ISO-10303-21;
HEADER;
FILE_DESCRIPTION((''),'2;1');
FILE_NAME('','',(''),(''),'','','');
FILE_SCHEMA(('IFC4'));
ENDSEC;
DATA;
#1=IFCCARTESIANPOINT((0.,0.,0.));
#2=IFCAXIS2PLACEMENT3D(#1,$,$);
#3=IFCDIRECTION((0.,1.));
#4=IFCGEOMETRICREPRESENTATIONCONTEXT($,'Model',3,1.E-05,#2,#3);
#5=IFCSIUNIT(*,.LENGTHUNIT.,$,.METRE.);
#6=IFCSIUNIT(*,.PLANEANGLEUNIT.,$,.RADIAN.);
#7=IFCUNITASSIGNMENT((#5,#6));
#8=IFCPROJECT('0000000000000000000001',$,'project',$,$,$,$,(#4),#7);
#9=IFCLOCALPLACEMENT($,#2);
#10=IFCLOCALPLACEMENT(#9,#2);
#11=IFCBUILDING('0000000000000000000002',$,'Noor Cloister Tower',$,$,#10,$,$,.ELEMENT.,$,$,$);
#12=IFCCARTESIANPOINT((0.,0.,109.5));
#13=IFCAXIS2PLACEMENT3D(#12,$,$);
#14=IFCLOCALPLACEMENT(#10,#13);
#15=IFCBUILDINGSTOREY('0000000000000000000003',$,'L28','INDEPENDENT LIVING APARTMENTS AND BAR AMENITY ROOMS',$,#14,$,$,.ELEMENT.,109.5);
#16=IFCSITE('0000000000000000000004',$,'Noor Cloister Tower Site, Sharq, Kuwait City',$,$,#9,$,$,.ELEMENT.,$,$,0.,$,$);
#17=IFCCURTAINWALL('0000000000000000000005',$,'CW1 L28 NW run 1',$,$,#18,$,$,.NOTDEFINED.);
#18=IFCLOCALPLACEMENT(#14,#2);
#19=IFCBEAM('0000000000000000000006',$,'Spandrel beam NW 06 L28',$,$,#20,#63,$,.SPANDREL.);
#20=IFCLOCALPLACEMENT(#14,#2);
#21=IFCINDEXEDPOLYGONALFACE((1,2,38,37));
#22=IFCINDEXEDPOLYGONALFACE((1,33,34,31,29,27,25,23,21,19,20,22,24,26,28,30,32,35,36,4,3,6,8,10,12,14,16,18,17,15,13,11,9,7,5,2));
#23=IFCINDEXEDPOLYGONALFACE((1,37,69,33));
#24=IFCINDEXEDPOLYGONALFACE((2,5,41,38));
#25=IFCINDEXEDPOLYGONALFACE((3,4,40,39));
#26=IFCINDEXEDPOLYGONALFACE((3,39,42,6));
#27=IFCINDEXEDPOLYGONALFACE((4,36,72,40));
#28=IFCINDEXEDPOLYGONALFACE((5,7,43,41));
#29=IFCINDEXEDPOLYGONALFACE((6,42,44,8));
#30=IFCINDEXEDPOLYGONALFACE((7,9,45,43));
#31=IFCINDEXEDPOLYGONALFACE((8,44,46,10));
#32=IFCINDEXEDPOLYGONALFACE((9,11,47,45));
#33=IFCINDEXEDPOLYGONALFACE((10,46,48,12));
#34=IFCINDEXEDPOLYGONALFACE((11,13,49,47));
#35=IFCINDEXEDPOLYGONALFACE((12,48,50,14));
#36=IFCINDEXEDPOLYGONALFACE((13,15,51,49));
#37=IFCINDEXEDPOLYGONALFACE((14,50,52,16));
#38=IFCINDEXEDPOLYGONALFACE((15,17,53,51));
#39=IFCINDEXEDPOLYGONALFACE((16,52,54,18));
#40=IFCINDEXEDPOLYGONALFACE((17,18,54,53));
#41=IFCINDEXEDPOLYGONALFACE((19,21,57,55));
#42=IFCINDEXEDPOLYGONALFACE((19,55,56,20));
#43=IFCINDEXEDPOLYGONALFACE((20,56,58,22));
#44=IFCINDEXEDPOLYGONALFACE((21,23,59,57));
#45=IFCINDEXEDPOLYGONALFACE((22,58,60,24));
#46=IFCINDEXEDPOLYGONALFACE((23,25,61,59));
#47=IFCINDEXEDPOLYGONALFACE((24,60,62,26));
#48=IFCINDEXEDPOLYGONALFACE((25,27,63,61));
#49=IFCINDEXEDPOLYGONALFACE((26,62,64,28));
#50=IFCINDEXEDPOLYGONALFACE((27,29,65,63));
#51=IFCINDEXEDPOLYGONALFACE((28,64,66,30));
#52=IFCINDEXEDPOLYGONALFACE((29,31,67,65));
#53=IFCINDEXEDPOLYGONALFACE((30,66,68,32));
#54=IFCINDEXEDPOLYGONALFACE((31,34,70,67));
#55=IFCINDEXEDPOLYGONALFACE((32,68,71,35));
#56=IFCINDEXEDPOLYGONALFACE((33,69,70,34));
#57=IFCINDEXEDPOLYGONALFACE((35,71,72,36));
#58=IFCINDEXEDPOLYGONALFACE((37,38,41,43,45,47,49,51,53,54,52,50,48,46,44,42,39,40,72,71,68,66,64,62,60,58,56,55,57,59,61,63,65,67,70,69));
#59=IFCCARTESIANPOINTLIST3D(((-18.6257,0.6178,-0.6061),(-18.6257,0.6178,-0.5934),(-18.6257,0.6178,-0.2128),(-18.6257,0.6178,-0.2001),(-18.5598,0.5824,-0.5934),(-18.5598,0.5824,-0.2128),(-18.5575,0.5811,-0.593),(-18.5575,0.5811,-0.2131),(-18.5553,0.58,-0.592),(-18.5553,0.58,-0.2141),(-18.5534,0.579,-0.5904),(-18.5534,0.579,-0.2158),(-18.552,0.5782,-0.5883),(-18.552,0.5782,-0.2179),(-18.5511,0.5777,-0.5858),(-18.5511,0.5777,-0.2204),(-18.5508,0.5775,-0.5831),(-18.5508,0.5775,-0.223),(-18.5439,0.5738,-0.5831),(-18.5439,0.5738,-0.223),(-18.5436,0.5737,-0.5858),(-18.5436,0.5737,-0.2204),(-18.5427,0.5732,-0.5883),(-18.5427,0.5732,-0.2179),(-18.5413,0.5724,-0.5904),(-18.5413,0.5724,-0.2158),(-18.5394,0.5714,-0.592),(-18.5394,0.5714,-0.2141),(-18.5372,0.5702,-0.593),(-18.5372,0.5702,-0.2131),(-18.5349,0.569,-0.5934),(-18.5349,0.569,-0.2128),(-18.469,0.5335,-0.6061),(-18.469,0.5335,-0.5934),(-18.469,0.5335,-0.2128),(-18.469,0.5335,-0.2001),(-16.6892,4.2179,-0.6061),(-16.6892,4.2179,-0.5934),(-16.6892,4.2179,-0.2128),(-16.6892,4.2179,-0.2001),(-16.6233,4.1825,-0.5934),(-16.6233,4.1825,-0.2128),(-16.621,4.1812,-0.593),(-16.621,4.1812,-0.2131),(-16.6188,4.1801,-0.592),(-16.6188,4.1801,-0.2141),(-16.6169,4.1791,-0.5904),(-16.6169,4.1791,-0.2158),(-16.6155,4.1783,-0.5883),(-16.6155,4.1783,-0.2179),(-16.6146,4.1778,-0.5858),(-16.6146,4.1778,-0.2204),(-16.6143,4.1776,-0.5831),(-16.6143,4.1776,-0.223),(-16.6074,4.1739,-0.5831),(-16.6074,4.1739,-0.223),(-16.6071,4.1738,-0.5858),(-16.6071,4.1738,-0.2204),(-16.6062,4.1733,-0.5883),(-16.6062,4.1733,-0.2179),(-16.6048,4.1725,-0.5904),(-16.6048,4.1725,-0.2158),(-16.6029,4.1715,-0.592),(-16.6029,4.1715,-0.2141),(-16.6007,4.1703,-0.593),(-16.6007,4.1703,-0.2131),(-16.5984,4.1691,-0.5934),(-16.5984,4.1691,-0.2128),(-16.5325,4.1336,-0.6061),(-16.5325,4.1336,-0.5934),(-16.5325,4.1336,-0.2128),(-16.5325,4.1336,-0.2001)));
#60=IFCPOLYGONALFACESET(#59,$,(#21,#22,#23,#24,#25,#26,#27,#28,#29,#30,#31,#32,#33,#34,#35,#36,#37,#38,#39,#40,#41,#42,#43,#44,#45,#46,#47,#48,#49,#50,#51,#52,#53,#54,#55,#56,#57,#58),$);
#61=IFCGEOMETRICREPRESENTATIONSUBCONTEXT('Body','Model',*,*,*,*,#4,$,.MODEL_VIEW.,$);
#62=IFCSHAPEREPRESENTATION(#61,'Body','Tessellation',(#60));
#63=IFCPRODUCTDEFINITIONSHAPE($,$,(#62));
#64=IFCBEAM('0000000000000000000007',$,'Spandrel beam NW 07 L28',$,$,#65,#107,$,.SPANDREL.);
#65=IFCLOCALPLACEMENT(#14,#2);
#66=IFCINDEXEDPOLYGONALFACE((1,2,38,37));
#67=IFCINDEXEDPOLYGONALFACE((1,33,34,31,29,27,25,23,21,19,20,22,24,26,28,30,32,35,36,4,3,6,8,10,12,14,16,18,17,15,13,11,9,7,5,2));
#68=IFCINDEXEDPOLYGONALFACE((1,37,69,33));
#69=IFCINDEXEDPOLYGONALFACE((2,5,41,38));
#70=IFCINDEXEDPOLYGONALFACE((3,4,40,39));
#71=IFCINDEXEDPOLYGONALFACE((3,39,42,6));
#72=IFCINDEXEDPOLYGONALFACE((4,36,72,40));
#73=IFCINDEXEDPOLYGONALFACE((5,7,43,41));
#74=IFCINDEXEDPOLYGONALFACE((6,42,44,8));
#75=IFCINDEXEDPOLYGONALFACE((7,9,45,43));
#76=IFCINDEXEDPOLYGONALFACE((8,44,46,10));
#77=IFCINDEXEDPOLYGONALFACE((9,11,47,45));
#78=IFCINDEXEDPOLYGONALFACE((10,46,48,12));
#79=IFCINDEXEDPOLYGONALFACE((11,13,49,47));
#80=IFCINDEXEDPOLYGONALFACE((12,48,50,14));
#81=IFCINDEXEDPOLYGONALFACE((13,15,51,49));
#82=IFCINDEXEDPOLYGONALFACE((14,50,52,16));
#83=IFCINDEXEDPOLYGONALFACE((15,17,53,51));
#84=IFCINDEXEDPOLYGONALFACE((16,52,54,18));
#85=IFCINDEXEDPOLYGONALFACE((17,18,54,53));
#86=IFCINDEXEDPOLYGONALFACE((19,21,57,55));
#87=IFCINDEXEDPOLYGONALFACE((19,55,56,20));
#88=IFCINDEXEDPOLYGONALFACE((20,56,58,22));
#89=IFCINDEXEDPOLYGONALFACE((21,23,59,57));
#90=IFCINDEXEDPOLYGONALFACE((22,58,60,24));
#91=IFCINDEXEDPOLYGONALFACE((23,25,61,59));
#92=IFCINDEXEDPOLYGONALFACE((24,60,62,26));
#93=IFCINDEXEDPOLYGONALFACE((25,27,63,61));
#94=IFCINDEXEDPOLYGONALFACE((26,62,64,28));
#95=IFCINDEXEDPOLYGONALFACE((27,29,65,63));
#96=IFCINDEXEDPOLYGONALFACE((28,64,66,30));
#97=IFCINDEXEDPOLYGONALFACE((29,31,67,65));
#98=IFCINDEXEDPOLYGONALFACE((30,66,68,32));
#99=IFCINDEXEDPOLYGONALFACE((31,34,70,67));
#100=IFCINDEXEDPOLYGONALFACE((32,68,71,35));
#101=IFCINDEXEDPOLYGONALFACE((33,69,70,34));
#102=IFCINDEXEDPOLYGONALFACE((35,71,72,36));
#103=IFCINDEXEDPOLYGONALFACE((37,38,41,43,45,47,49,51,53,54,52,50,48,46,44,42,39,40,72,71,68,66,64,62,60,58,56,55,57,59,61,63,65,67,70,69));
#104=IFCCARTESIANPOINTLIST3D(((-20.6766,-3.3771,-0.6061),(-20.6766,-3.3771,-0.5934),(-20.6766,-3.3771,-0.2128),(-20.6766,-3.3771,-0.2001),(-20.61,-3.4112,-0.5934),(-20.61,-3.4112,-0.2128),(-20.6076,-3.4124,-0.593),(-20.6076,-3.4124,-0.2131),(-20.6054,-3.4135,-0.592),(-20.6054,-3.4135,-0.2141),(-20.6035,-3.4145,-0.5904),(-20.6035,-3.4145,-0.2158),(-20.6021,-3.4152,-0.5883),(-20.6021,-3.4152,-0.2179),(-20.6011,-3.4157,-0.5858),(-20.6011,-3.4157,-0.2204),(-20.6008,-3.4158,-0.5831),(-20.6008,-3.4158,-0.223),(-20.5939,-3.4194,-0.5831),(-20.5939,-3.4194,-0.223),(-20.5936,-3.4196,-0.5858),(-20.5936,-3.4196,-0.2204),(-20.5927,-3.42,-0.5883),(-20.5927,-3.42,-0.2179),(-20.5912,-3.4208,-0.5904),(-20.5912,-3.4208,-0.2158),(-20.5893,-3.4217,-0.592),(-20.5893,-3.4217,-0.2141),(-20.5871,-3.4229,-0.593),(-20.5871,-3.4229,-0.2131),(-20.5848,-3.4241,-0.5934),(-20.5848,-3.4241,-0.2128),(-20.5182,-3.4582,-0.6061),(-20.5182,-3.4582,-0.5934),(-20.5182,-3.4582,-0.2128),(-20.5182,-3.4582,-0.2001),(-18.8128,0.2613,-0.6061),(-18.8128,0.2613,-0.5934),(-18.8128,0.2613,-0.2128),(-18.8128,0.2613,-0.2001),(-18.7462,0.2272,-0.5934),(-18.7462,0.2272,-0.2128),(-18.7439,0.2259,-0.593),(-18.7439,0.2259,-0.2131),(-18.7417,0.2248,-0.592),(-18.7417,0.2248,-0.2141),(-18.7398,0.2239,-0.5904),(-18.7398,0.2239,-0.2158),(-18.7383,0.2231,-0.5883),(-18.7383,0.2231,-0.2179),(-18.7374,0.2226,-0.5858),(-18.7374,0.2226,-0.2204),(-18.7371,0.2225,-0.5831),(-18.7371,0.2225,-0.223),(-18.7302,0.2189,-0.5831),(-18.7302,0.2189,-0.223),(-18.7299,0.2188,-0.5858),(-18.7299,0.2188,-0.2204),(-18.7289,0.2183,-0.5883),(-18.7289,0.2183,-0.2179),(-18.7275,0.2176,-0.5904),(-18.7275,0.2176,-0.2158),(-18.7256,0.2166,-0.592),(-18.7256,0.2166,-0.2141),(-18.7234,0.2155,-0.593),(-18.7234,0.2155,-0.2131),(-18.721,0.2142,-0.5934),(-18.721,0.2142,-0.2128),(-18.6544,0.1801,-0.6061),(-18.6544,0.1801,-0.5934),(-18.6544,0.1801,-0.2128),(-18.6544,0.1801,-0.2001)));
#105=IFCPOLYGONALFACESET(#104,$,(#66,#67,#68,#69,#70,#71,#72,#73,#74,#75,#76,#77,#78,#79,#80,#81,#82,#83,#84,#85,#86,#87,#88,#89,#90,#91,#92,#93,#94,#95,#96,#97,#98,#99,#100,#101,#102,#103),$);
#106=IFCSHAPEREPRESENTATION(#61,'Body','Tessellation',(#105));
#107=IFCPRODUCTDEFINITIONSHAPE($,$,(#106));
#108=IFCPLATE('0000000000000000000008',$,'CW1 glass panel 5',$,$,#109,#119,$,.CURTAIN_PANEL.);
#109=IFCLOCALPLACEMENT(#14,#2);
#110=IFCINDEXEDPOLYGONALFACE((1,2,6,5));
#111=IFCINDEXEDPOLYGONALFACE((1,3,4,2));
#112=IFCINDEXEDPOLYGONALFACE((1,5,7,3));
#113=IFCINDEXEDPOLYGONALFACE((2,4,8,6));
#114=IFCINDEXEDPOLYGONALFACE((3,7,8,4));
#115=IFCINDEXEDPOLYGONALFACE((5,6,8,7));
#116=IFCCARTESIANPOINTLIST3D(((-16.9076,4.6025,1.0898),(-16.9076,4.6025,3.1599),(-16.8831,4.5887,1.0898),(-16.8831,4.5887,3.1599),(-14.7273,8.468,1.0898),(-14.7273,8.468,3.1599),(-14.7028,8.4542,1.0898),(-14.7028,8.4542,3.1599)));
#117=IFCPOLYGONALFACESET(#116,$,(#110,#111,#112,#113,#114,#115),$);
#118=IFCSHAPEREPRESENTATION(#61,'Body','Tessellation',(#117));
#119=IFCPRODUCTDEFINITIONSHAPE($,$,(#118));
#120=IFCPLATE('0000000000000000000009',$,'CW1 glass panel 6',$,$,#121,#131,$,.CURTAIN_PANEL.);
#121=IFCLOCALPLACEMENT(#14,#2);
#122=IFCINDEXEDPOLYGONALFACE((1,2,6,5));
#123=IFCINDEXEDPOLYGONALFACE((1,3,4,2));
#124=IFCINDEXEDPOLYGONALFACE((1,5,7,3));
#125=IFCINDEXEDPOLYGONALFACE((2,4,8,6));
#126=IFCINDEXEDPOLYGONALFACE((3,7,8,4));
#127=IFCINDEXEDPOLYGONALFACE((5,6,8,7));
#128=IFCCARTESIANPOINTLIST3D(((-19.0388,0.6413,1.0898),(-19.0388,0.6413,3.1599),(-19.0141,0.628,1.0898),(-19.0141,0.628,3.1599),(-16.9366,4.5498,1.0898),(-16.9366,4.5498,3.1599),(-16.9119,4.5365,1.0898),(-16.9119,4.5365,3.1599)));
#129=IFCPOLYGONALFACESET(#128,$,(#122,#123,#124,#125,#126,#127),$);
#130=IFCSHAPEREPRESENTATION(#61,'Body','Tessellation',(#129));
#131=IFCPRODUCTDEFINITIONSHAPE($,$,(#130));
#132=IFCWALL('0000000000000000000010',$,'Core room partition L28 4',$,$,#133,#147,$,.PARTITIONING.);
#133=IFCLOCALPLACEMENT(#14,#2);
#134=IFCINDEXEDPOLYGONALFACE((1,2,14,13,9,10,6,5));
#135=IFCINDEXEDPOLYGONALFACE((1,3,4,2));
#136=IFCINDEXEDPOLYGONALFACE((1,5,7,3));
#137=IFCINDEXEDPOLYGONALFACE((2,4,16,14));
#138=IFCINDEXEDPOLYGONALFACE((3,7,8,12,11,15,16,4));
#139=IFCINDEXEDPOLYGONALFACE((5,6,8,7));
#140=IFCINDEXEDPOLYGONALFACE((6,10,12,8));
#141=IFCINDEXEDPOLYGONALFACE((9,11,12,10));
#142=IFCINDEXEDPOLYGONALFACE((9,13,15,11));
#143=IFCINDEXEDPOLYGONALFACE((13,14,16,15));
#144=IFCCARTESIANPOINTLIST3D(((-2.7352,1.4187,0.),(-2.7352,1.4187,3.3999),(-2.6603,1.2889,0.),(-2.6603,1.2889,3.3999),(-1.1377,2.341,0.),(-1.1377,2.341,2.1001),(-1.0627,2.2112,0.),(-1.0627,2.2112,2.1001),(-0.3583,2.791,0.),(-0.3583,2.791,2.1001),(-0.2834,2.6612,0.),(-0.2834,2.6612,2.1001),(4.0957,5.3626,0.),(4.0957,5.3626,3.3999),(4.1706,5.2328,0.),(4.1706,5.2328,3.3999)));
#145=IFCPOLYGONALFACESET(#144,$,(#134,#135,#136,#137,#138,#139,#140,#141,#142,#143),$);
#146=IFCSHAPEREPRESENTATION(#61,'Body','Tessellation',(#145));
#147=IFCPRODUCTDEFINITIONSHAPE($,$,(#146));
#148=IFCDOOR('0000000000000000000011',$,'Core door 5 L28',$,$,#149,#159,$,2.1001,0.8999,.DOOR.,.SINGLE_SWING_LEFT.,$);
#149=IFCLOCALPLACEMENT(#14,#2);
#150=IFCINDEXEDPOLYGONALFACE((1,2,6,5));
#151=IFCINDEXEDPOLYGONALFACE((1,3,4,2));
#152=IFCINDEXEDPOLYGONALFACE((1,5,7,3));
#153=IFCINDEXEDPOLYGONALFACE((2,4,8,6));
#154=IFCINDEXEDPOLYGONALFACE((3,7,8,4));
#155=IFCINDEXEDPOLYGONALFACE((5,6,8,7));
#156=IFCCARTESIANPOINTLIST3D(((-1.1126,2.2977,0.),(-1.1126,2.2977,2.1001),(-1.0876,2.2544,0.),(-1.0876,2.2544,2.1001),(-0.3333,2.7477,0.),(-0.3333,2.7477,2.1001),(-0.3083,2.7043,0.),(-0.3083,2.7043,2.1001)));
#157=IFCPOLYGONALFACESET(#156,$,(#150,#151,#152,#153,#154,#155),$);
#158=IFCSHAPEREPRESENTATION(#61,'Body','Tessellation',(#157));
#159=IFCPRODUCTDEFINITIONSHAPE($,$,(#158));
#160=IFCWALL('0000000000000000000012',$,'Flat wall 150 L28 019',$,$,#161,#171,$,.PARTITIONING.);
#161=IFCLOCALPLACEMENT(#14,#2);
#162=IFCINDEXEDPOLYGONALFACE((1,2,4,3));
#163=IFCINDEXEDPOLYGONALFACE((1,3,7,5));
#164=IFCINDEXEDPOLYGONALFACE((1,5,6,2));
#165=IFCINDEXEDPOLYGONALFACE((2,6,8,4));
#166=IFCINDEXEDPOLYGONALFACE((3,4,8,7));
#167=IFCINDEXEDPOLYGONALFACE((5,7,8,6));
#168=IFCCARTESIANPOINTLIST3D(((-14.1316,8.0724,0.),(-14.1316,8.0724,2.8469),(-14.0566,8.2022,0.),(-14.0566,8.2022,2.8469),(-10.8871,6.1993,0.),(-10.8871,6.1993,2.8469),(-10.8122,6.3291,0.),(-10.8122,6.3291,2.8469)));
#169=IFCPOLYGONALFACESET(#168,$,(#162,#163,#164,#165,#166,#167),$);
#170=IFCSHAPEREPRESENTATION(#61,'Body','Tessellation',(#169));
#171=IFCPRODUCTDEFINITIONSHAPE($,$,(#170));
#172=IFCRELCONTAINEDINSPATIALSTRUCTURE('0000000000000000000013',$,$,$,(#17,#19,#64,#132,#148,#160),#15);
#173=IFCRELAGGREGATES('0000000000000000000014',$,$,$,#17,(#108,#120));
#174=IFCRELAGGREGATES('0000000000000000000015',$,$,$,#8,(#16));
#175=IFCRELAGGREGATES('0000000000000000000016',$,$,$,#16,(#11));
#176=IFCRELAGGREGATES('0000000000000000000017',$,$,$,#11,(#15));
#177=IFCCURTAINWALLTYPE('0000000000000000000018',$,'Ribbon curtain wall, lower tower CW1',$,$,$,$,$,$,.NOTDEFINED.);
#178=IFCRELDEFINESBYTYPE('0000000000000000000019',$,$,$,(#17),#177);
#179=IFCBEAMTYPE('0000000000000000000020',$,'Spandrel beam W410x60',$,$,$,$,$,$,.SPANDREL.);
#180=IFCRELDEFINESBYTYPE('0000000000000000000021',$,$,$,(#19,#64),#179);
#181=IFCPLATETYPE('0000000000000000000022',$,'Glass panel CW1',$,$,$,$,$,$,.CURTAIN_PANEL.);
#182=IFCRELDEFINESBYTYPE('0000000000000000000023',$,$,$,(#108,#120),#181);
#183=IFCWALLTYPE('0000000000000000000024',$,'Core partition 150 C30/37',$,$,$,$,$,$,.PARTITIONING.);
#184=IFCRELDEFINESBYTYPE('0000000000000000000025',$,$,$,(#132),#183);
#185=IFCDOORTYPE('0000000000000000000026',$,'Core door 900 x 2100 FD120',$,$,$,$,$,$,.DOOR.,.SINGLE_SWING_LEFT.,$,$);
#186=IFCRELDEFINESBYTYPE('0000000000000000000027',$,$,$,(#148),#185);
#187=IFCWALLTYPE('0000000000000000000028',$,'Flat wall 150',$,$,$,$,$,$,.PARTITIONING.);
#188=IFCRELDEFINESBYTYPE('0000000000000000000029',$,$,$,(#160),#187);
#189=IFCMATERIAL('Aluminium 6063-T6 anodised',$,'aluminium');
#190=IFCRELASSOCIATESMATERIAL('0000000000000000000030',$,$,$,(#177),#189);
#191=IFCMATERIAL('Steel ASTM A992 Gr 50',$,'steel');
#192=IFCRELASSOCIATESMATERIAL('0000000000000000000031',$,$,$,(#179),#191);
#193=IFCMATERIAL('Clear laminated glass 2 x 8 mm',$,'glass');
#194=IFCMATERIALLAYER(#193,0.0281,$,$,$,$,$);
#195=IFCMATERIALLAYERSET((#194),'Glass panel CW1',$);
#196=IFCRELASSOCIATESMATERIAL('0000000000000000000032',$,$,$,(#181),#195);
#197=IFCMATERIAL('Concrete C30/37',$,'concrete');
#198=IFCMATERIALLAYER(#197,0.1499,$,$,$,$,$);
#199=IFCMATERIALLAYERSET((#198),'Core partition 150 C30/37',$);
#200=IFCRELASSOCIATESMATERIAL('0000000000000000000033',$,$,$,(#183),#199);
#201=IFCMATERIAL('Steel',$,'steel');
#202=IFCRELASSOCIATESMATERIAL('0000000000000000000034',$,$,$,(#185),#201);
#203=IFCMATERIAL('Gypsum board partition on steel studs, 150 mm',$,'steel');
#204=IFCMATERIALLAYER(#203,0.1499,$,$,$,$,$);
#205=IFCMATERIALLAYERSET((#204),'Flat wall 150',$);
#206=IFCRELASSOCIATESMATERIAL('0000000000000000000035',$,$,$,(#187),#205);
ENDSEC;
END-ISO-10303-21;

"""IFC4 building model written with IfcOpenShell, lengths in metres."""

from ifc_helpers import new_model, si_unit, direction, frame, frame_2d, origin, origin_2d, place, context, subcontext, project, spatial, rectangle, i_section, extrude, material, layer, layer_set, material_profile, profile_set, type_object, element, fill, aggregate, save


model = new_model("IFC4")

# Units and contexts
model_context = context("Model", 3, precision=1e-05, world=origin(), true_north=direction((0.0, 1.0)))
body_context = subcontext(model_context, "Body", "Model", "MODEL_VIEW")
ifc_project = project(units=[si_unit("LENGTHUNIT", "METRE"), si_unit("PLANEANGLEUNIT", "RADIAN")], contexts=[model_context])

# Site, building, storey
site_placement = place(None, origin())
site = spatial("IfcSite", under=ifc_project, at=site_placement, Name="Noor Cloister Tower Site, Sharq, Kuwait City", CompositionType="ELEMENT", RefElevation=0.0)
building_placement = place(site_placement, origin())
building = spatial("IfcBuilding", under=site, at=building_placement, Name="Noor Cloister Tower", CompositionType="ELEMENT")
storey_placement = place(building_placement, frame((0.0, 0.0, 109.5)))
storey = spatial("IfcBuildingStorey", under=building, at=storey_placement, Name="L28", Description="INDEPENDENT LIVING APARTMENTS AND BAR AMENITY ROOMS", CompositionType="ELEMENT", Elevation=109.5)

# Curtain wall
ifc_material_1 = material(Name="Aluminium 6063-T6 anodised", Category="aluminium")
curtain_wall_type = type_object("IfcCurtainWallType", Name="Ribbon curtain wall, lower tower CW1", PredefinedType="NOTDEFINED", material=ifc_material_1)
curtain_wall_1_placement = place(storey_placement, origin())
curtain_wall_1 = element("IfcCurtainWall", 1, at=curtain_wall_1_placement, inside=storey, type_object=curtain_wall_type, Name="CW1 L28 NW run 1", PredefinedType="NOTDEFINED")

# Beams
ifc_material_2 = material(Name="Steel ASTM A992 Gr 50", Category="steel")
ifc_material_profile_1 = material_profile(ifc_material_2, i_section(OverallWidth=0.178, OverallDepth=0.406, WebThickness=0.0078, FlangeThickness=0.0127, FilletRadius=0.0103, at=origin_2d()), Name="W410x60")
ifc_profile_set_1 = profile_set([ifc_material_profile_1], Name="Steel ASTM A992 Gr 50")
beam_type_1 = type_object("IfcBeamType", Name="Spandrel beam W410x60", PredefinedType="SPANDREL", material=ifc_profile_set_1)
for number, where, z_axis, x_axis, name in (
    (2, (-16.6108, 4.1758, -0.4031), (-0.473722, -0.880674, 0.0), (0.880674, -0.473722, 0.0), "Spandrel beam NW 06 L28"),
    (3, (-18.7336, 0.2207, -0.4031), (-0.455912, -0.890025, 0.0), (0.890025, -0.455912, 0.0), "Spandrel beam NW 07 L28"),
):
    element("IfcBeam", number, at=place(storey_placement, frame(where, z_axis=z_axis, x_axis=x_axis)), inside=storey, type_object=beam_type_1, Name=name, PredefinedType="SPANDREL", context=body_context, shape_type="SweptSolid", body=[
        extrude(i_section(OverallWidth=0.178, OverallDepth=0.406, WebThickness=0.0078, FlangeThickness=0.0127, FilletRadius=0.0103, at=origin_2d()), origin(), (0.0, 0.0, 1.0), 4.0879),
    ])

# Plates
ifc_material_3 = material(Name="Clear laminated glass 2 x 8 mm", Category="glass")
ifc_layer_1 = layer(ifc_material_3, 0.0281)
ifc_layer_set_1 = layer_set([ifc_layer_1], Name="Glass panel CW1")
plate_type = type_object("IfcPlateType", Name="Glass panel CW1", PredefinedType="CURTAIN_PANEL", material=ifc_layer_set_1)
plate_1_placement = place(storey_placement, frame((-15.8052, 6.5283, 1.0898), z_axis=(0.0, 0.0, 1.0), x_axis=(-0.491281, -0.871001, 0.0)))
plate_1 = element("IfcPlate", 4, at=plate_1_placement, type_object=plate_type, Name="CW1 glass panel 5", PredefinedType="CURTAIN_PANEL", context=body_context, shape_type="SweptSolid", body=[
    extrude(rectangle(XDim=4.438, YDim=0.0281, at=origin_2d()), origin(), (0.0, 0.0, 1.0), 2.0701),
])
plate_2_placement = place(storey_placement, frame((-17.9753, 2.5889, 1.0898), z_axis=(0.0, 0.0, 1.0), x_axis=(-0.473694, -0.880689, 0.0)))
plate_2 = element("IfcPlate", 5, at=plate_2_placement, type_object=plate_type, Name="CW1 glass panel 6", PredefinedType="CURTAIN_PANEL", context=body_context, shape_type="SweptSolid", body=[
    extrude(rectangle(XDim=4.438, YDim=0.0281, at=origin_2d()), origin(), (0.0, 0.0, 1.0), 2.0701),
])
aggregate(curtain_wall_1, [plate_1, plate_2])

# Wall, opening, door
ifc_material_4 = material(Name="Concrete C30/37", Category="concrete")
ifc_layer_2 = layer(ifc_material_4, 0.1499)
ifc_layer_set_2 = layer_set([ifc_layer_2], Name="Core partition 150 C30/37")
wall_type_1 = type_object("IfcWallType", Name="Core partition 150 C30/37", PredefinedType="PARTITIONING", material=ifc_layer_set_2)
wall_1_placement = place(storey_placement, frame((-2.6978, 1.3538, 0.0), z_axis=(0.0, 0.0, 1.0), x_axis=(0.866021, 0.500007, 0.0)))
wall_1 = element("IfcWall", 6, at=wall_1_placement, inside=storey, type_object=wall_type_1, Name="Core room partition L28 4", PredefinedType="PARTITIONING", context=body_context, shape_type="SweptSolid", body=[
    extrude(rectangle(XDim=7.8877, YDim=0.1499, at=frame_2d((3.9438, 0.0))), origin(), (0.0, 0.0, 1.0), 3.3999),
])
opening_placement = place(wall_1_placement, frame((1.8447, 0.0, 0.0)))
opening = element("IfcOpeningElement", 7, at=opening_placement, cuts=wall_1, PredefinedType="OPENING", context=body_context, shape_type="SweptSolid", body=[
    extrude(rectangle(XDim=0.8999, YDim=2.1001, at=frame_2d((0.45, 1.05))), frame((0.0, 0.085, 0.0), z_axis=(0.0, -1.0, 0.0), x_axis=(1.0, 0.0, 0.0)), (0.0, 0.0, 1.0), 0.1699),
])
ifc_material_5 = material(Name="Steel", Category="steel")
door_type = type_object("IfcDoorType", Name="Core door 900 x 2100 FD120", OperationType="SINGLE_SWING_LEFT", PredefinedType="DOOR", material=ifc_material_5)
door_placement = place(opening_placement, origin())
door = element("IfcDoor", 8, at=door_placement, inside=storey, type_object=door_type, Name="Core door 5 L28", OperationType="SINGLE_SWING_LEFT", OverallHeight=2.1001, OverallWidth=0.8999, PredefinedType="DOOR", context=body_context, shape_type="SweptSolid", body=[
    extrude(rectangle(XDim=0.8999, YDim=2.1001, at=frame_2d((0.45, 1.05))), frame((0.0, 0.0249, 0.0), z_axis=(0.0, -1.0, 0.0), x_axis=(1.0, 0.0, 0.0)), (0.0, 0.0, 1.0), 0.05),
])
fill(opening, door)

# Wall
ifc_material_6 = material(Name="Gypsum board partition on steel studs, 150 mm", Category="steel")
ifc_layer_3 = layer(ifc_material_6, 0.1499)
ifc_layer_set_3 = layer_set([ifc_layer_3], Name="Flat wall 150")
wall_type_2 = type_object("IfcWallType", Name="Flat wall 150", PredefinedType="PARTITIONING", material=ifc_layer_set_3)
wall_2_placement = place(storey_placement, frame((-14.094, 8.1372, 0.0), z_axis=(0.0, 0.0, 1.0), x_axis=(0.866037, -0.49998, 0.0)))
element("IfcWall", 9, at=wall_2_placement, inside=storey, type_object=wall_type_2, Name="Flat wall 150 L28 019", PredefinedType="PARTITIONING", context=body_context, shape_type="SweptSolid", body=[
    extrude(rectangle(XDim=3.7463, YDim=0.1499, at=frame_2d((1.873, 0.0))), origin(), (0.0, 0.0, 1.0), 2.8469),
])

save(model, "model.ifc")
